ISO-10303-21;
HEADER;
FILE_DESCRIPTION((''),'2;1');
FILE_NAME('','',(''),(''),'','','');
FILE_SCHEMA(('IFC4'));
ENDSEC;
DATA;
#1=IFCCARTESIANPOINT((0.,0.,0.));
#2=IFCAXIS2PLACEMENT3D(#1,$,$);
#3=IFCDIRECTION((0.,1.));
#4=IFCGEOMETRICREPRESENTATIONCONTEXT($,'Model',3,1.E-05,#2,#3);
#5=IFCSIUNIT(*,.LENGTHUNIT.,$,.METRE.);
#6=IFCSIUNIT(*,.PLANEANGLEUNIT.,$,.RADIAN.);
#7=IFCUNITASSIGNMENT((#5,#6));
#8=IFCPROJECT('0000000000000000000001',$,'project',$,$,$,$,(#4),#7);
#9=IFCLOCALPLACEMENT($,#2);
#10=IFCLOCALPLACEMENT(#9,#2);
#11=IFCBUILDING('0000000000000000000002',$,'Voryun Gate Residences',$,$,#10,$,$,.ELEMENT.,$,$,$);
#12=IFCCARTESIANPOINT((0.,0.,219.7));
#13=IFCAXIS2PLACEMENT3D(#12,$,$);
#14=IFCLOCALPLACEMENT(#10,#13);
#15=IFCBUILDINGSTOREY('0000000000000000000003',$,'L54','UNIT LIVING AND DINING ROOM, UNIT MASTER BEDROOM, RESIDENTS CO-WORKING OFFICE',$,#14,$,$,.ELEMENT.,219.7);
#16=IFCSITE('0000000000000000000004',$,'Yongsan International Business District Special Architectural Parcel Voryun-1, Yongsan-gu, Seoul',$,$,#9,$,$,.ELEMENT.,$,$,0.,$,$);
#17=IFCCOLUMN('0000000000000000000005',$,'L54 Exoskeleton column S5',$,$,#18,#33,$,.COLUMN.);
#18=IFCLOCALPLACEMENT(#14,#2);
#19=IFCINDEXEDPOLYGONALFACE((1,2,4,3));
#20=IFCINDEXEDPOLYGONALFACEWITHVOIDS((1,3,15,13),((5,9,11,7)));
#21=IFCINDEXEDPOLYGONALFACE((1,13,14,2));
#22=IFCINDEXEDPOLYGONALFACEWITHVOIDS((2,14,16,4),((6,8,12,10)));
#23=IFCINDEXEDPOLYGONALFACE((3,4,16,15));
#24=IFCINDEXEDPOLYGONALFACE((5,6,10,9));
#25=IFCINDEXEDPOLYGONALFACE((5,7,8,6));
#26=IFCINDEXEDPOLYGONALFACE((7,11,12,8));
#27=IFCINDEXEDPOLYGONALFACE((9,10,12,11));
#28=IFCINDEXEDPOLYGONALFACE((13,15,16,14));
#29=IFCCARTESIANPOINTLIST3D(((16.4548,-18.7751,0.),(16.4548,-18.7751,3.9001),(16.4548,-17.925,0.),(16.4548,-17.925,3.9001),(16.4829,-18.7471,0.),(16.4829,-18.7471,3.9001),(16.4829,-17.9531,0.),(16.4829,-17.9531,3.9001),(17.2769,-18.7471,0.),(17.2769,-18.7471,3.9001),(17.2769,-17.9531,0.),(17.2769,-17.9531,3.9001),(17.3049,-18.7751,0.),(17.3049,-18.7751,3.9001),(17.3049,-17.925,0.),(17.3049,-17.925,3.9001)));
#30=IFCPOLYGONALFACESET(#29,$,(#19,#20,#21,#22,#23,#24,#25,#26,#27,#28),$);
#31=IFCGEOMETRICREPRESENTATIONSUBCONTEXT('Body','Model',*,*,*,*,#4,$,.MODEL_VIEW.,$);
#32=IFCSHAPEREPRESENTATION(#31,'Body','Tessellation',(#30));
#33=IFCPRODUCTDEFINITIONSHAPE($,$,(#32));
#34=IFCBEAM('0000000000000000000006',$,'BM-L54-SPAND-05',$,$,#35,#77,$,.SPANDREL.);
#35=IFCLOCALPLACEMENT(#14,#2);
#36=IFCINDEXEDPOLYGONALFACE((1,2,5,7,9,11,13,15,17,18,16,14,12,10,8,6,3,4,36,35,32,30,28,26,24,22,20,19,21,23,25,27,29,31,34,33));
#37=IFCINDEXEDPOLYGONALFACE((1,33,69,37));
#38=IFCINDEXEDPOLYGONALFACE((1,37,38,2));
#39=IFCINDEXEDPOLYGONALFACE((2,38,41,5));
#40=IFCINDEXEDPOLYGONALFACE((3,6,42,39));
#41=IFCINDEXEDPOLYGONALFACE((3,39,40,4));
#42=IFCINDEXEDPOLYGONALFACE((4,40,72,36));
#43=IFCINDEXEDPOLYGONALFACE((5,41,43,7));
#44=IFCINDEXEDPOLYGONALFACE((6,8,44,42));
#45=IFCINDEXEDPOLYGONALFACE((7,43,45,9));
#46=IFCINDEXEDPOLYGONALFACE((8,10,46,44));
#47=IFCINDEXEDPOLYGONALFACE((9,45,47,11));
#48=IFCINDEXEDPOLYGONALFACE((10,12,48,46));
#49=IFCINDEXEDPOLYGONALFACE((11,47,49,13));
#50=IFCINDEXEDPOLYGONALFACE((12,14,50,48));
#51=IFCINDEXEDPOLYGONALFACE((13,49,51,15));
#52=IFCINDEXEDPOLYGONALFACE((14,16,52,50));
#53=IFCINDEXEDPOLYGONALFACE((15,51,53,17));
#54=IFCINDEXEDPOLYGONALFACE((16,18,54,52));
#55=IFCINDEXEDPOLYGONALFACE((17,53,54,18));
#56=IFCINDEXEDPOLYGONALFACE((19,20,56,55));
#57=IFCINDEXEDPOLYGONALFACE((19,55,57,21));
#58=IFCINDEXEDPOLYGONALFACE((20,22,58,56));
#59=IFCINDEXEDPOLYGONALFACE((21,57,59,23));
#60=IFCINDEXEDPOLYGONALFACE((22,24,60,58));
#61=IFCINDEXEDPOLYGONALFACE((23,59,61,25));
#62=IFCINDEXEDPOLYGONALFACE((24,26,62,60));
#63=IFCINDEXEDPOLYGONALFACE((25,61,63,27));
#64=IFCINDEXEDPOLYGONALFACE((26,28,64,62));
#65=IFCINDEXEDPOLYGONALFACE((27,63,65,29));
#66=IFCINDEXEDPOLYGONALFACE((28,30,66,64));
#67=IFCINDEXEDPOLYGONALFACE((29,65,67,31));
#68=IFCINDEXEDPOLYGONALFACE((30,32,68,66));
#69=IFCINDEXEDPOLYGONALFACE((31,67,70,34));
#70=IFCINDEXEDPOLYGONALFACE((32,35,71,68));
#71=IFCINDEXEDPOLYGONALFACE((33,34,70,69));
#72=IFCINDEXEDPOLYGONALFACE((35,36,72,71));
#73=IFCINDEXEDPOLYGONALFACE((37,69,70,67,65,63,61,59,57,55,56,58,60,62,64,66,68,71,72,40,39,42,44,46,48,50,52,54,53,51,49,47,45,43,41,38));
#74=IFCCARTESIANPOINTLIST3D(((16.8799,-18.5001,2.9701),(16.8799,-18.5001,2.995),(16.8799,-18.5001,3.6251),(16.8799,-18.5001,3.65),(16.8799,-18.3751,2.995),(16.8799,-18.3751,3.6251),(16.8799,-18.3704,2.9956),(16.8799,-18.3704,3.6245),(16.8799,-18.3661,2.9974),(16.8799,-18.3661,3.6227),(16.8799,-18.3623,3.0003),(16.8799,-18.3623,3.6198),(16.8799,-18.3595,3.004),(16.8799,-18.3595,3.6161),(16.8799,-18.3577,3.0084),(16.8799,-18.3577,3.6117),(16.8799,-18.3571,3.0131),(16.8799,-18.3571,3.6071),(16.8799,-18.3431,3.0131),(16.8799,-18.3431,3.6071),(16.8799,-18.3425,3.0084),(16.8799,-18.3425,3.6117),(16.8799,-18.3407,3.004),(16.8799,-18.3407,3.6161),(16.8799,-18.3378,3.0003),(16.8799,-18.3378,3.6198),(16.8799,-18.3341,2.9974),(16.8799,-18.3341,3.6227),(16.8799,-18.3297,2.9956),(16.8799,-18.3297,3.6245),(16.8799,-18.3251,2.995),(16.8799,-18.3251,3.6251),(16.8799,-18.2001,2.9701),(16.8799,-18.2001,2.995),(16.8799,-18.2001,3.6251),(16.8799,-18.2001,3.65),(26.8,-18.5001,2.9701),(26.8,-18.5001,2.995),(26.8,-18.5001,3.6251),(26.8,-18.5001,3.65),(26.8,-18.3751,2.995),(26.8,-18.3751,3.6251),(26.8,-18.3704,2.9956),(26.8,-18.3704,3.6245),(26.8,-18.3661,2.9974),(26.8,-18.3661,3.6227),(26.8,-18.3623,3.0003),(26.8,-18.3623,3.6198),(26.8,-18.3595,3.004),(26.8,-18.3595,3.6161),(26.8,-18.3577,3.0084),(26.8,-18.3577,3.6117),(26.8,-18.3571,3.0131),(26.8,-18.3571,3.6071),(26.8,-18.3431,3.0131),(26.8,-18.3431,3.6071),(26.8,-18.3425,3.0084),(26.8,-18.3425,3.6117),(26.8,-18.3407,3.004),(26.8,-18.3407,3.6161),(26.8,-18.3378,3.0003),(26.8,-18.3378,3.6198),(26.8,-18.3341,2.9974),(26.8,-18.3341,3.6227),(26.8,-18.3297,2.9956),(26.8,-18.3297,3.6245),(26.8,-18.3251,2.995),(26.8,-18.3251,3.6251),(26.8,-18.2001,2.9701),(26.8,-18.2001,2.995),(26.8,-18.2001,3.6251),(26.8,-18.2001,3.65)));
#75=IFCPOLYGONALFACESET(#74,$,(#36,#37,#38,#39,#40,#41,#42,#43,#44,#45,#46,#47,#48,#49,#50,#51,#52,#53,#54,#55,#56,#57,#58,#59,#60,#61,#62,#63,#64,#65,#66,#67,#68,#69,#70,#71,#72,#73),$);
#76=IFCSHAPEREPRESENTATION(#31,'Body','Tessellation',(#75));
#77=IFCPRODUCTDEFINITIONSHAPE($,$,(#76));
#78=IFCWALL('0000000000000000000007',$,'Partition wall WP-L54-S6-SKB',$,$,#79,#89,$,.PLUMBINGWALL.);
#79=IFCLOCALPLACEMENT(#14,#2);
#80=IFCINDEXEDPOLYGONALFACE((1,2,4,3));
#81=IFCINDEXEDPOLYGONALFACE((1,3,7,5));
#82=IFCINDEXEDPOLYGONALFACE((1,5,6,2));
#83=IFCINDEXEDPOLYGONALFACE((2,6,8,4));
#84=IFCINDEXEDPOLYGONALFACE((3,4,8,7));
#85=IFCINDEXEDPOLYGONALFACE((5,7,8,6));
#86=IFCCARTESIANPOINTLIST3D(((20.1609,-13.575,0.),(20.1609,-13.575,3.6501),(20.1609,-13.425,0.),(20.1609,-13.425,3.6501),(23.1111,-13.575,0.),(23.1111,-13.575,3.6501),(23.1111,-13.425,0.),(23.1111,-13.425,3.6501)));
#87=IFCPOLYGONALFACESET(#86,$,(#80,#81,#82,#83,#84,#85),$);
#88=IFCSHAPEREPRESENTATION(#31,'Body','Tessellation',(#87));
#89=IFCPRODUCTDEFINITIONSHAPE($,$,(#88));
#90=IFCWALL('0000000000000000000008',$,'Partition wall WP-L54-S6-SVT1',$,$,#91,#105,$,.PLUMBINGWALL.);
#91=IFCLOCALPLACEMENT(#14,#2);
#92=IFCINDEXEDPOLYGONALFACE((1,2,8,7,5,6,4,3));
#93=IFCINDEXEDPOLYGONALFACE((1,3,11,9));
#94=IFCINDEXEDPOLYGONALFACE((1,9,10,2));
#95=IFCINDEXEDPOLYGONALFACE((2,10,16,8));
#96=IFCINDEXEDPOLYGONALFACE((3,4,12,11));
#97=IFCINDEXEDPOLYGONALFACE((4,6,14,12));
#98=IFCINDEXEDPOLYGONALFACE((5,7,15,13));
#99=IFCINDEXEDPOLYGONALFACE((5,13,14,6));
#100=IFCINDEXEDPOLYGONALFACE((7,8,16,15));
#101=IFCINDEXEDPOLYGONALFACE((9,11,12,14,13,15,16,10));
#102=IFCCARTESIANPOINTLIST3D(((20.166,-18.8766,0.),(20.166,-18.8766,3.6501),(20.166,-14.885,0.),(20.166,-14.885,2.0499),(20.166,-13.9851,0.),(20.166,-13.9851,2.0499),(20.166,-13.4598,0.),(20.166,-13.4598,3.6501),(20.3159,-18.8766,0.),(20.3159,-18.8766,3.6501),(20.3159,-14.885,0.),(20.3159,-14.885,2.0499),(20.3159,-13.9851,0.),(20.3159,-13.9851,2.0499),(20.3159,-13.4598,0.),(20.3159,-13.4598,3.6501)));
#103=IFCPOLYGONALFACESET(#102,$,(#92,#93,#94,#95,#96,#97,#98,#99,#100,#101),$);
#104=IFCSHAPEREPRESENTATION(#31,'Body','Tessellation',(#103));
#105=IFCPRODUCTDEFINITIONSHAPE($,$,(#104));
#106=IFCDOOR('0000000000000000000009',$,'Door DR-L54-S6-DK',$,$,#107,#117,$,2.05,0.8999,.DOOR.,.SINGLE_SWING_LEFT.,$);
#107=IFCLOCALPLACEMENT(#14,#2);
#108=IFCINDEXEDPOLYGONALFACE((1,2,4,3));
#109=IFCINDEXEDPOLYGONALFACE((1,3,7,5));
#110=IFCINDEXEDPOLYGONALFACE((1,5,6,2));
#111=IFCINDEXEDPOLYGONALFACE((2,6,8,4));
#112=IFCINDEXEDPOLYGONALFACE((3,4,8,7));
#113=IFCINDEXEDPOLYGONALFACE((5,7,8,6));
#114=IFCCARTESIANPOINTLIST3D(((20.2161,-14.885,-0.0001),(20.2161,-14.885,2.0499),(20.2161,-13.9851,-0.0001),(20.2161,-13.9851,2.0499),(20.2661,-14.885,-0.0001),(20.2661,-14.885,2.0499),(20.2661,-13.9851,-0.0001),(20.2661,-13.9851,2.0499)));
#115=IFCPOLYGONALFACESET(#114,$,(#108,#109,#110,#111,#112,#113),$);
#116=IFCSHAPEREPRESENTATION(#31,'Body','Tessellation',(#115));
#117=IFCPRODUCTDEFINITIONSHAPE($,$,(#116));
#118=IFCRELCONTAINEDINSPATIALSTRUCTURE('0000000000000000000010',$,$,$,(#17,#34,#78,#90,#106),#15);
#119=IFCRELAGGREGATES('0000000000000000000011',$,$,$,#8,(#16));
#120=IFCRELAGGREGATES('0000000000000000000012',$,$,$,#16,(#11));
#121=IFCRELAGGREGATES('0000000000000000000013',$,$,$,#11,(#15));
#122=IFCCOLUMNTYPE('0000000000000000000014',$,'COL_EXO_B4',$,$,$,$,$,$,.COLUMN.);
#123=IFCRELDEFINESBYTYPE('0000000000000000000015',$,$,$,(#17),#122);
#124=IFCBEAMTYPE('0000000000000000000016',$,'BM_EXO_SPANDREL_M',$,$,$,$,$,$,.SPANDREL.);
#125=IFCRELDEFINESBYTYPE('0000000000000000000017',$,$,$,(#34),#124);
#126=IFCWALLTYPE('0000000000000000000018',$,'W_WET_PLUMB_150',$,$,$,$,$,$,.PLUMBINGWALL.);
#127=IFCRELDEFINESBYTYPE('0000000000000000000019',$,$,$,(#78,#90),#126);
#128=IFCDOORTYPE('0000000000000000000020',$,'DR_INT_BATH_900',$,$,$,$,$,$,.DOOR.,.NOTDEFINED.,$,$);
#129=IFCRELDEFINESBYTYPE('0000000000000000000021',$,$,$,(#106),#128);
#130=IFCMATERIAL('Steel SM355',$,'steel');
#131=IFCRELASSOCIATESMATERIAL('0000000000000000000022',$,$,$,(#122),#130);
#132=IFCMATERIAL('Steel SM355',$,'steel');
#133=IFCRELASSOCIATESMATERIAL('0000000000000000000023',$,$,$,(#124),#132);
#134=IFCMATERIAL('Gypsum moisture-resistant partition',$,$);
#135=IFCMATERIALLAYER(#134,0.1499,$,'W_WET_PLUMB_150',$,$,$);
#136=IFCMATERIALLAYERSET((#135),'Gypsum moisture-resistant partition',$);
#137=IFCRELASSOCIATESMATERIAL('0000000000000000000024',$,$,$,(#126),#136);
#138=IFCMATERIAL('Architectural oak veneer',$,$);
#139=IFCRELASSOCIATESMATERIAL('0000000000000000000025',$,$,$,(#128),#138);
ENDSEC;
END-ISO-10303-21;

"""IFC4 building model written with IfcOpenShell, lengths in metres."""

from ifc_helpers import new_model, si_unit, direction, frame, frame_2d, origin, origin_2d, place, context, subcontext, project, spatial, rectangle, hollow_rectangle, i_section, extrude, material, layer, layer_set, material_profile, profile_set, type_object, element, fill, save


model = new_model("IFC4")

# Units and contexts
model_context = context("Model", 3, precision=1e-05, world=origin(), true_north=direction((0.0, 1.0)))
body_context = subcontext(model_context, "Body", "Model", "MODEL_VIEW")
ifc_project = project(units=[si_unit("LENGTHUNIT", "METRE"), si_unit("PLANEANGLEUNIT", "RADIAN")], contexts=[model_context])

# Site, building, storey
site_placement = place(None, origin())
site = spatial("IfcSite", under=ifc_project, at=site_placement, Name="Yongsan International Business District Special Architectural Parcel Voryun-1, Yongsan-gu, Seoul", CompositionType="ELEMENT", RefElevation=0.0)
building_placement = place(site_placement, origin())
building = spatial("IfcBuilding", under=site, at=building_placement, Name="Voryun Gate Residences", CompositionType="ELEMENT")
storey_placement = place(building_placement, frame((0.0, 0.0, 219.7)))
storey = spatial("IfcBuildingStorey", under=building, at=storey_placement, Name="L54", Description="UNIT LIVING AND DINING ROOM, UNIT MASTER BEDROOM, RESIDENTS CO-WORKING OFFICE", CompositionType="ELEMENT", Elevation=219.7)

# Column
ifc_material_1 = material(Name="Steel SM355", Category="steel")
ifc_material_profile_1 = material_profile(ifc_material_1, hollow_rectangle(XDim=0.8501, YDim=0.8501, WallThickness=0.0281, at=origin_2d()), Name="BOX-850x850x28")
ifc_profile_set_1 = profile_set([ifc_material_profile_1], Name="Steel SM355")
column_type = type_object("IfcColumnType", Name="COL_EXO_B4", PredefinedType="COLUMN", material=ifc_profile_set_1)
column_placement = place(storey_placement, frame((16.8799, -18.3501, 0.0), z_axis=(0.0, 0.0, 1.0), x_axis=(1.0, 0.0, 0.0)))
element("IfcColumn", 1, at=column_placement, inside=storey, type_object=column_type, Name="L54 Exoskeleton column S5", PredefinedType="COLUMN", context=body_context, shape_type="SweptSolid", body=[
    extrude(hollow_rectangle(XDim=0.8501, YDim=0.8501, WallThickness=0.0281, at=origin_2d()), origin(), (0.0, 0.0, 1.0), 3.9001),
])

# Beam
ifc_material_2 = material(Name="Steel SM355", Category="steel")
ifc_material_profile_2 = material_profile(ifc_material_2, i_section(OverallWidth=0.3, OverallDepth=0.6799, WebThickness=0.0139, FlangeThickness=0.0249, FilletRadius=0.0181, at=origin_2d()), Name="H-680x300x14x25")
ifc_profile_set_2 = profile_set([ifc_material_profile_2], Name="Steel SM355")
beam_type = type_object("IfcBeamType", Name="BM_EXO_SPANDREL_M", PredefinedType="SPANDREL", material=ifc_profile_set_2)
beam_placement = place(storey_placement, frame((16.8799, -18.3501, 3.3101), z_axis=(1.0, 0.0, 0.0), x_axis=(0.0, 1.0, 0.0)))
element("IfcBeam", 2, at=beam_placement, inside=storey, type_object=beam_type, Name="BM-L54-SPAND-05", PredefinedType="SPANDREL", context=body_context, shape_type="SweptSolid", body=[
    extrude(i_section(OverallWidth=0.3, OverallDepth=0.6799, WebThickness=0.0139, FlangeThickness=0.0249, FilletRadius=0.0181, at=origin_2d()), origin(), (0.0, 0.0, 1.0), 9.9202),
])

# Wall
ifc_material_3 = material(Name="Gypsum moisture-resistant partition")
ifc_layer = layer(ifc_material_3, 0.1499, Name="W_WET_PLUMB_150")
ifc_layer_set = layer_set([ifc_layer], Name="Gypsum moisture-resistant partition")
wall_type = type_object("IfcWallType", Name="W_WET_PLUMB_150", PredefinedType="PLUMBINGWALL", material=ifc_layer_set)
wall_1_placement = place(storey_placement, frame((20.1609, -13.5, 0.0), z_axis=(0.0, 0.0, 1.0), x_axis=(1.0, 0.0, 0.0)))
element("IfcWall", 3, at=wall_1_placement, inside=storey, type_object=wall_type, Name="Partition wall WP-L54-S6-SKB", PredefinedType="PLUMBINGWALL", context=body_context, shape_type="SweptSolid", body=[
    extrude(rectangle(XDim=2.9502, YDim=0.1499, at=frame_2d((1.4751, 0.0))), origin(), (0.0, 0.0, 1.0), 3.6501),
])

# Wall, opening, door
wall_2_placement = place(storey_placement, frame((20.241, -18.8767, 0.0), z_axis=(0.0, 0.0, 1.0), x_axis=(0.0, 1.0, 0.0)))
wall_2 = element("IfcWall", 4, at=wall_2_placement, inside=storey, type_object=wall_type, Name="Partition wall WP-L54-S6-SVT1", PredefinedType="PLUMBINGWALL", context=body_context, shape_type="SweptSolid", body=[
    extrude(rectangle(XDim=5.4167, YDim=0.1499, at=frame_2d((2.7085, 0.0))), origin(), (0.0, 0.0, 1.0), 3.6501),
])
opening_placement = place(wall_2_placement, frame((3.9917, 0.0, 0.0)))
opening = element("IfcOpeningElement", 5, at=opening_placement, cuts=wall_2, PredefinedType="OPENING", context=body_context, shape_type="SweptSolid", body=[
    extrude(rectangle(XDim=0.8999, YDim=2.05, at=frame_2d((0.45, 1.0249))), frame((0.0, 0.085, 0.0), z_axis=(0.0, -1.0, 0.0), x_axis=(1.0, 0.0, 0.0)), (0.0, 0.0, 1.0), 0.1699),
])
ifc_material_4 = material(Name="Architectural oak veneer")
door_type = type_object("IfcDoorType", Name="DR_INT_BATH_900", OperationType="NOTDEFINED", PredefinedType="DOOR", material=ifc_material_4)
door_placement = place(opening_placement, origin())
door = element("IfcDoor", 6, at=door_placement, inside=storey, type_object=door_type, Name="Door DR-L54-S6-DK", OperationType="SINGLE_SWING_LEFT", OverallHeight=2.05, OverallWidth=0.8999, PredefinedType="DOOR", context=body_context, shape_type="SweptSolid", body=[
    extrude(rectangle(XDim=0.8999, YDim=2.05, at=frame_2d((0.45, 1.0249))), frame((0.0, 0.0249, 0.0), z_axis=(0.0, -1.0, 0.0), x_axis=(1.0, 0.0, 0.0)), (0.0, 0.0, 1.0), 0.05),
])
fill(opening, door)

save(model, "model.ifc")
